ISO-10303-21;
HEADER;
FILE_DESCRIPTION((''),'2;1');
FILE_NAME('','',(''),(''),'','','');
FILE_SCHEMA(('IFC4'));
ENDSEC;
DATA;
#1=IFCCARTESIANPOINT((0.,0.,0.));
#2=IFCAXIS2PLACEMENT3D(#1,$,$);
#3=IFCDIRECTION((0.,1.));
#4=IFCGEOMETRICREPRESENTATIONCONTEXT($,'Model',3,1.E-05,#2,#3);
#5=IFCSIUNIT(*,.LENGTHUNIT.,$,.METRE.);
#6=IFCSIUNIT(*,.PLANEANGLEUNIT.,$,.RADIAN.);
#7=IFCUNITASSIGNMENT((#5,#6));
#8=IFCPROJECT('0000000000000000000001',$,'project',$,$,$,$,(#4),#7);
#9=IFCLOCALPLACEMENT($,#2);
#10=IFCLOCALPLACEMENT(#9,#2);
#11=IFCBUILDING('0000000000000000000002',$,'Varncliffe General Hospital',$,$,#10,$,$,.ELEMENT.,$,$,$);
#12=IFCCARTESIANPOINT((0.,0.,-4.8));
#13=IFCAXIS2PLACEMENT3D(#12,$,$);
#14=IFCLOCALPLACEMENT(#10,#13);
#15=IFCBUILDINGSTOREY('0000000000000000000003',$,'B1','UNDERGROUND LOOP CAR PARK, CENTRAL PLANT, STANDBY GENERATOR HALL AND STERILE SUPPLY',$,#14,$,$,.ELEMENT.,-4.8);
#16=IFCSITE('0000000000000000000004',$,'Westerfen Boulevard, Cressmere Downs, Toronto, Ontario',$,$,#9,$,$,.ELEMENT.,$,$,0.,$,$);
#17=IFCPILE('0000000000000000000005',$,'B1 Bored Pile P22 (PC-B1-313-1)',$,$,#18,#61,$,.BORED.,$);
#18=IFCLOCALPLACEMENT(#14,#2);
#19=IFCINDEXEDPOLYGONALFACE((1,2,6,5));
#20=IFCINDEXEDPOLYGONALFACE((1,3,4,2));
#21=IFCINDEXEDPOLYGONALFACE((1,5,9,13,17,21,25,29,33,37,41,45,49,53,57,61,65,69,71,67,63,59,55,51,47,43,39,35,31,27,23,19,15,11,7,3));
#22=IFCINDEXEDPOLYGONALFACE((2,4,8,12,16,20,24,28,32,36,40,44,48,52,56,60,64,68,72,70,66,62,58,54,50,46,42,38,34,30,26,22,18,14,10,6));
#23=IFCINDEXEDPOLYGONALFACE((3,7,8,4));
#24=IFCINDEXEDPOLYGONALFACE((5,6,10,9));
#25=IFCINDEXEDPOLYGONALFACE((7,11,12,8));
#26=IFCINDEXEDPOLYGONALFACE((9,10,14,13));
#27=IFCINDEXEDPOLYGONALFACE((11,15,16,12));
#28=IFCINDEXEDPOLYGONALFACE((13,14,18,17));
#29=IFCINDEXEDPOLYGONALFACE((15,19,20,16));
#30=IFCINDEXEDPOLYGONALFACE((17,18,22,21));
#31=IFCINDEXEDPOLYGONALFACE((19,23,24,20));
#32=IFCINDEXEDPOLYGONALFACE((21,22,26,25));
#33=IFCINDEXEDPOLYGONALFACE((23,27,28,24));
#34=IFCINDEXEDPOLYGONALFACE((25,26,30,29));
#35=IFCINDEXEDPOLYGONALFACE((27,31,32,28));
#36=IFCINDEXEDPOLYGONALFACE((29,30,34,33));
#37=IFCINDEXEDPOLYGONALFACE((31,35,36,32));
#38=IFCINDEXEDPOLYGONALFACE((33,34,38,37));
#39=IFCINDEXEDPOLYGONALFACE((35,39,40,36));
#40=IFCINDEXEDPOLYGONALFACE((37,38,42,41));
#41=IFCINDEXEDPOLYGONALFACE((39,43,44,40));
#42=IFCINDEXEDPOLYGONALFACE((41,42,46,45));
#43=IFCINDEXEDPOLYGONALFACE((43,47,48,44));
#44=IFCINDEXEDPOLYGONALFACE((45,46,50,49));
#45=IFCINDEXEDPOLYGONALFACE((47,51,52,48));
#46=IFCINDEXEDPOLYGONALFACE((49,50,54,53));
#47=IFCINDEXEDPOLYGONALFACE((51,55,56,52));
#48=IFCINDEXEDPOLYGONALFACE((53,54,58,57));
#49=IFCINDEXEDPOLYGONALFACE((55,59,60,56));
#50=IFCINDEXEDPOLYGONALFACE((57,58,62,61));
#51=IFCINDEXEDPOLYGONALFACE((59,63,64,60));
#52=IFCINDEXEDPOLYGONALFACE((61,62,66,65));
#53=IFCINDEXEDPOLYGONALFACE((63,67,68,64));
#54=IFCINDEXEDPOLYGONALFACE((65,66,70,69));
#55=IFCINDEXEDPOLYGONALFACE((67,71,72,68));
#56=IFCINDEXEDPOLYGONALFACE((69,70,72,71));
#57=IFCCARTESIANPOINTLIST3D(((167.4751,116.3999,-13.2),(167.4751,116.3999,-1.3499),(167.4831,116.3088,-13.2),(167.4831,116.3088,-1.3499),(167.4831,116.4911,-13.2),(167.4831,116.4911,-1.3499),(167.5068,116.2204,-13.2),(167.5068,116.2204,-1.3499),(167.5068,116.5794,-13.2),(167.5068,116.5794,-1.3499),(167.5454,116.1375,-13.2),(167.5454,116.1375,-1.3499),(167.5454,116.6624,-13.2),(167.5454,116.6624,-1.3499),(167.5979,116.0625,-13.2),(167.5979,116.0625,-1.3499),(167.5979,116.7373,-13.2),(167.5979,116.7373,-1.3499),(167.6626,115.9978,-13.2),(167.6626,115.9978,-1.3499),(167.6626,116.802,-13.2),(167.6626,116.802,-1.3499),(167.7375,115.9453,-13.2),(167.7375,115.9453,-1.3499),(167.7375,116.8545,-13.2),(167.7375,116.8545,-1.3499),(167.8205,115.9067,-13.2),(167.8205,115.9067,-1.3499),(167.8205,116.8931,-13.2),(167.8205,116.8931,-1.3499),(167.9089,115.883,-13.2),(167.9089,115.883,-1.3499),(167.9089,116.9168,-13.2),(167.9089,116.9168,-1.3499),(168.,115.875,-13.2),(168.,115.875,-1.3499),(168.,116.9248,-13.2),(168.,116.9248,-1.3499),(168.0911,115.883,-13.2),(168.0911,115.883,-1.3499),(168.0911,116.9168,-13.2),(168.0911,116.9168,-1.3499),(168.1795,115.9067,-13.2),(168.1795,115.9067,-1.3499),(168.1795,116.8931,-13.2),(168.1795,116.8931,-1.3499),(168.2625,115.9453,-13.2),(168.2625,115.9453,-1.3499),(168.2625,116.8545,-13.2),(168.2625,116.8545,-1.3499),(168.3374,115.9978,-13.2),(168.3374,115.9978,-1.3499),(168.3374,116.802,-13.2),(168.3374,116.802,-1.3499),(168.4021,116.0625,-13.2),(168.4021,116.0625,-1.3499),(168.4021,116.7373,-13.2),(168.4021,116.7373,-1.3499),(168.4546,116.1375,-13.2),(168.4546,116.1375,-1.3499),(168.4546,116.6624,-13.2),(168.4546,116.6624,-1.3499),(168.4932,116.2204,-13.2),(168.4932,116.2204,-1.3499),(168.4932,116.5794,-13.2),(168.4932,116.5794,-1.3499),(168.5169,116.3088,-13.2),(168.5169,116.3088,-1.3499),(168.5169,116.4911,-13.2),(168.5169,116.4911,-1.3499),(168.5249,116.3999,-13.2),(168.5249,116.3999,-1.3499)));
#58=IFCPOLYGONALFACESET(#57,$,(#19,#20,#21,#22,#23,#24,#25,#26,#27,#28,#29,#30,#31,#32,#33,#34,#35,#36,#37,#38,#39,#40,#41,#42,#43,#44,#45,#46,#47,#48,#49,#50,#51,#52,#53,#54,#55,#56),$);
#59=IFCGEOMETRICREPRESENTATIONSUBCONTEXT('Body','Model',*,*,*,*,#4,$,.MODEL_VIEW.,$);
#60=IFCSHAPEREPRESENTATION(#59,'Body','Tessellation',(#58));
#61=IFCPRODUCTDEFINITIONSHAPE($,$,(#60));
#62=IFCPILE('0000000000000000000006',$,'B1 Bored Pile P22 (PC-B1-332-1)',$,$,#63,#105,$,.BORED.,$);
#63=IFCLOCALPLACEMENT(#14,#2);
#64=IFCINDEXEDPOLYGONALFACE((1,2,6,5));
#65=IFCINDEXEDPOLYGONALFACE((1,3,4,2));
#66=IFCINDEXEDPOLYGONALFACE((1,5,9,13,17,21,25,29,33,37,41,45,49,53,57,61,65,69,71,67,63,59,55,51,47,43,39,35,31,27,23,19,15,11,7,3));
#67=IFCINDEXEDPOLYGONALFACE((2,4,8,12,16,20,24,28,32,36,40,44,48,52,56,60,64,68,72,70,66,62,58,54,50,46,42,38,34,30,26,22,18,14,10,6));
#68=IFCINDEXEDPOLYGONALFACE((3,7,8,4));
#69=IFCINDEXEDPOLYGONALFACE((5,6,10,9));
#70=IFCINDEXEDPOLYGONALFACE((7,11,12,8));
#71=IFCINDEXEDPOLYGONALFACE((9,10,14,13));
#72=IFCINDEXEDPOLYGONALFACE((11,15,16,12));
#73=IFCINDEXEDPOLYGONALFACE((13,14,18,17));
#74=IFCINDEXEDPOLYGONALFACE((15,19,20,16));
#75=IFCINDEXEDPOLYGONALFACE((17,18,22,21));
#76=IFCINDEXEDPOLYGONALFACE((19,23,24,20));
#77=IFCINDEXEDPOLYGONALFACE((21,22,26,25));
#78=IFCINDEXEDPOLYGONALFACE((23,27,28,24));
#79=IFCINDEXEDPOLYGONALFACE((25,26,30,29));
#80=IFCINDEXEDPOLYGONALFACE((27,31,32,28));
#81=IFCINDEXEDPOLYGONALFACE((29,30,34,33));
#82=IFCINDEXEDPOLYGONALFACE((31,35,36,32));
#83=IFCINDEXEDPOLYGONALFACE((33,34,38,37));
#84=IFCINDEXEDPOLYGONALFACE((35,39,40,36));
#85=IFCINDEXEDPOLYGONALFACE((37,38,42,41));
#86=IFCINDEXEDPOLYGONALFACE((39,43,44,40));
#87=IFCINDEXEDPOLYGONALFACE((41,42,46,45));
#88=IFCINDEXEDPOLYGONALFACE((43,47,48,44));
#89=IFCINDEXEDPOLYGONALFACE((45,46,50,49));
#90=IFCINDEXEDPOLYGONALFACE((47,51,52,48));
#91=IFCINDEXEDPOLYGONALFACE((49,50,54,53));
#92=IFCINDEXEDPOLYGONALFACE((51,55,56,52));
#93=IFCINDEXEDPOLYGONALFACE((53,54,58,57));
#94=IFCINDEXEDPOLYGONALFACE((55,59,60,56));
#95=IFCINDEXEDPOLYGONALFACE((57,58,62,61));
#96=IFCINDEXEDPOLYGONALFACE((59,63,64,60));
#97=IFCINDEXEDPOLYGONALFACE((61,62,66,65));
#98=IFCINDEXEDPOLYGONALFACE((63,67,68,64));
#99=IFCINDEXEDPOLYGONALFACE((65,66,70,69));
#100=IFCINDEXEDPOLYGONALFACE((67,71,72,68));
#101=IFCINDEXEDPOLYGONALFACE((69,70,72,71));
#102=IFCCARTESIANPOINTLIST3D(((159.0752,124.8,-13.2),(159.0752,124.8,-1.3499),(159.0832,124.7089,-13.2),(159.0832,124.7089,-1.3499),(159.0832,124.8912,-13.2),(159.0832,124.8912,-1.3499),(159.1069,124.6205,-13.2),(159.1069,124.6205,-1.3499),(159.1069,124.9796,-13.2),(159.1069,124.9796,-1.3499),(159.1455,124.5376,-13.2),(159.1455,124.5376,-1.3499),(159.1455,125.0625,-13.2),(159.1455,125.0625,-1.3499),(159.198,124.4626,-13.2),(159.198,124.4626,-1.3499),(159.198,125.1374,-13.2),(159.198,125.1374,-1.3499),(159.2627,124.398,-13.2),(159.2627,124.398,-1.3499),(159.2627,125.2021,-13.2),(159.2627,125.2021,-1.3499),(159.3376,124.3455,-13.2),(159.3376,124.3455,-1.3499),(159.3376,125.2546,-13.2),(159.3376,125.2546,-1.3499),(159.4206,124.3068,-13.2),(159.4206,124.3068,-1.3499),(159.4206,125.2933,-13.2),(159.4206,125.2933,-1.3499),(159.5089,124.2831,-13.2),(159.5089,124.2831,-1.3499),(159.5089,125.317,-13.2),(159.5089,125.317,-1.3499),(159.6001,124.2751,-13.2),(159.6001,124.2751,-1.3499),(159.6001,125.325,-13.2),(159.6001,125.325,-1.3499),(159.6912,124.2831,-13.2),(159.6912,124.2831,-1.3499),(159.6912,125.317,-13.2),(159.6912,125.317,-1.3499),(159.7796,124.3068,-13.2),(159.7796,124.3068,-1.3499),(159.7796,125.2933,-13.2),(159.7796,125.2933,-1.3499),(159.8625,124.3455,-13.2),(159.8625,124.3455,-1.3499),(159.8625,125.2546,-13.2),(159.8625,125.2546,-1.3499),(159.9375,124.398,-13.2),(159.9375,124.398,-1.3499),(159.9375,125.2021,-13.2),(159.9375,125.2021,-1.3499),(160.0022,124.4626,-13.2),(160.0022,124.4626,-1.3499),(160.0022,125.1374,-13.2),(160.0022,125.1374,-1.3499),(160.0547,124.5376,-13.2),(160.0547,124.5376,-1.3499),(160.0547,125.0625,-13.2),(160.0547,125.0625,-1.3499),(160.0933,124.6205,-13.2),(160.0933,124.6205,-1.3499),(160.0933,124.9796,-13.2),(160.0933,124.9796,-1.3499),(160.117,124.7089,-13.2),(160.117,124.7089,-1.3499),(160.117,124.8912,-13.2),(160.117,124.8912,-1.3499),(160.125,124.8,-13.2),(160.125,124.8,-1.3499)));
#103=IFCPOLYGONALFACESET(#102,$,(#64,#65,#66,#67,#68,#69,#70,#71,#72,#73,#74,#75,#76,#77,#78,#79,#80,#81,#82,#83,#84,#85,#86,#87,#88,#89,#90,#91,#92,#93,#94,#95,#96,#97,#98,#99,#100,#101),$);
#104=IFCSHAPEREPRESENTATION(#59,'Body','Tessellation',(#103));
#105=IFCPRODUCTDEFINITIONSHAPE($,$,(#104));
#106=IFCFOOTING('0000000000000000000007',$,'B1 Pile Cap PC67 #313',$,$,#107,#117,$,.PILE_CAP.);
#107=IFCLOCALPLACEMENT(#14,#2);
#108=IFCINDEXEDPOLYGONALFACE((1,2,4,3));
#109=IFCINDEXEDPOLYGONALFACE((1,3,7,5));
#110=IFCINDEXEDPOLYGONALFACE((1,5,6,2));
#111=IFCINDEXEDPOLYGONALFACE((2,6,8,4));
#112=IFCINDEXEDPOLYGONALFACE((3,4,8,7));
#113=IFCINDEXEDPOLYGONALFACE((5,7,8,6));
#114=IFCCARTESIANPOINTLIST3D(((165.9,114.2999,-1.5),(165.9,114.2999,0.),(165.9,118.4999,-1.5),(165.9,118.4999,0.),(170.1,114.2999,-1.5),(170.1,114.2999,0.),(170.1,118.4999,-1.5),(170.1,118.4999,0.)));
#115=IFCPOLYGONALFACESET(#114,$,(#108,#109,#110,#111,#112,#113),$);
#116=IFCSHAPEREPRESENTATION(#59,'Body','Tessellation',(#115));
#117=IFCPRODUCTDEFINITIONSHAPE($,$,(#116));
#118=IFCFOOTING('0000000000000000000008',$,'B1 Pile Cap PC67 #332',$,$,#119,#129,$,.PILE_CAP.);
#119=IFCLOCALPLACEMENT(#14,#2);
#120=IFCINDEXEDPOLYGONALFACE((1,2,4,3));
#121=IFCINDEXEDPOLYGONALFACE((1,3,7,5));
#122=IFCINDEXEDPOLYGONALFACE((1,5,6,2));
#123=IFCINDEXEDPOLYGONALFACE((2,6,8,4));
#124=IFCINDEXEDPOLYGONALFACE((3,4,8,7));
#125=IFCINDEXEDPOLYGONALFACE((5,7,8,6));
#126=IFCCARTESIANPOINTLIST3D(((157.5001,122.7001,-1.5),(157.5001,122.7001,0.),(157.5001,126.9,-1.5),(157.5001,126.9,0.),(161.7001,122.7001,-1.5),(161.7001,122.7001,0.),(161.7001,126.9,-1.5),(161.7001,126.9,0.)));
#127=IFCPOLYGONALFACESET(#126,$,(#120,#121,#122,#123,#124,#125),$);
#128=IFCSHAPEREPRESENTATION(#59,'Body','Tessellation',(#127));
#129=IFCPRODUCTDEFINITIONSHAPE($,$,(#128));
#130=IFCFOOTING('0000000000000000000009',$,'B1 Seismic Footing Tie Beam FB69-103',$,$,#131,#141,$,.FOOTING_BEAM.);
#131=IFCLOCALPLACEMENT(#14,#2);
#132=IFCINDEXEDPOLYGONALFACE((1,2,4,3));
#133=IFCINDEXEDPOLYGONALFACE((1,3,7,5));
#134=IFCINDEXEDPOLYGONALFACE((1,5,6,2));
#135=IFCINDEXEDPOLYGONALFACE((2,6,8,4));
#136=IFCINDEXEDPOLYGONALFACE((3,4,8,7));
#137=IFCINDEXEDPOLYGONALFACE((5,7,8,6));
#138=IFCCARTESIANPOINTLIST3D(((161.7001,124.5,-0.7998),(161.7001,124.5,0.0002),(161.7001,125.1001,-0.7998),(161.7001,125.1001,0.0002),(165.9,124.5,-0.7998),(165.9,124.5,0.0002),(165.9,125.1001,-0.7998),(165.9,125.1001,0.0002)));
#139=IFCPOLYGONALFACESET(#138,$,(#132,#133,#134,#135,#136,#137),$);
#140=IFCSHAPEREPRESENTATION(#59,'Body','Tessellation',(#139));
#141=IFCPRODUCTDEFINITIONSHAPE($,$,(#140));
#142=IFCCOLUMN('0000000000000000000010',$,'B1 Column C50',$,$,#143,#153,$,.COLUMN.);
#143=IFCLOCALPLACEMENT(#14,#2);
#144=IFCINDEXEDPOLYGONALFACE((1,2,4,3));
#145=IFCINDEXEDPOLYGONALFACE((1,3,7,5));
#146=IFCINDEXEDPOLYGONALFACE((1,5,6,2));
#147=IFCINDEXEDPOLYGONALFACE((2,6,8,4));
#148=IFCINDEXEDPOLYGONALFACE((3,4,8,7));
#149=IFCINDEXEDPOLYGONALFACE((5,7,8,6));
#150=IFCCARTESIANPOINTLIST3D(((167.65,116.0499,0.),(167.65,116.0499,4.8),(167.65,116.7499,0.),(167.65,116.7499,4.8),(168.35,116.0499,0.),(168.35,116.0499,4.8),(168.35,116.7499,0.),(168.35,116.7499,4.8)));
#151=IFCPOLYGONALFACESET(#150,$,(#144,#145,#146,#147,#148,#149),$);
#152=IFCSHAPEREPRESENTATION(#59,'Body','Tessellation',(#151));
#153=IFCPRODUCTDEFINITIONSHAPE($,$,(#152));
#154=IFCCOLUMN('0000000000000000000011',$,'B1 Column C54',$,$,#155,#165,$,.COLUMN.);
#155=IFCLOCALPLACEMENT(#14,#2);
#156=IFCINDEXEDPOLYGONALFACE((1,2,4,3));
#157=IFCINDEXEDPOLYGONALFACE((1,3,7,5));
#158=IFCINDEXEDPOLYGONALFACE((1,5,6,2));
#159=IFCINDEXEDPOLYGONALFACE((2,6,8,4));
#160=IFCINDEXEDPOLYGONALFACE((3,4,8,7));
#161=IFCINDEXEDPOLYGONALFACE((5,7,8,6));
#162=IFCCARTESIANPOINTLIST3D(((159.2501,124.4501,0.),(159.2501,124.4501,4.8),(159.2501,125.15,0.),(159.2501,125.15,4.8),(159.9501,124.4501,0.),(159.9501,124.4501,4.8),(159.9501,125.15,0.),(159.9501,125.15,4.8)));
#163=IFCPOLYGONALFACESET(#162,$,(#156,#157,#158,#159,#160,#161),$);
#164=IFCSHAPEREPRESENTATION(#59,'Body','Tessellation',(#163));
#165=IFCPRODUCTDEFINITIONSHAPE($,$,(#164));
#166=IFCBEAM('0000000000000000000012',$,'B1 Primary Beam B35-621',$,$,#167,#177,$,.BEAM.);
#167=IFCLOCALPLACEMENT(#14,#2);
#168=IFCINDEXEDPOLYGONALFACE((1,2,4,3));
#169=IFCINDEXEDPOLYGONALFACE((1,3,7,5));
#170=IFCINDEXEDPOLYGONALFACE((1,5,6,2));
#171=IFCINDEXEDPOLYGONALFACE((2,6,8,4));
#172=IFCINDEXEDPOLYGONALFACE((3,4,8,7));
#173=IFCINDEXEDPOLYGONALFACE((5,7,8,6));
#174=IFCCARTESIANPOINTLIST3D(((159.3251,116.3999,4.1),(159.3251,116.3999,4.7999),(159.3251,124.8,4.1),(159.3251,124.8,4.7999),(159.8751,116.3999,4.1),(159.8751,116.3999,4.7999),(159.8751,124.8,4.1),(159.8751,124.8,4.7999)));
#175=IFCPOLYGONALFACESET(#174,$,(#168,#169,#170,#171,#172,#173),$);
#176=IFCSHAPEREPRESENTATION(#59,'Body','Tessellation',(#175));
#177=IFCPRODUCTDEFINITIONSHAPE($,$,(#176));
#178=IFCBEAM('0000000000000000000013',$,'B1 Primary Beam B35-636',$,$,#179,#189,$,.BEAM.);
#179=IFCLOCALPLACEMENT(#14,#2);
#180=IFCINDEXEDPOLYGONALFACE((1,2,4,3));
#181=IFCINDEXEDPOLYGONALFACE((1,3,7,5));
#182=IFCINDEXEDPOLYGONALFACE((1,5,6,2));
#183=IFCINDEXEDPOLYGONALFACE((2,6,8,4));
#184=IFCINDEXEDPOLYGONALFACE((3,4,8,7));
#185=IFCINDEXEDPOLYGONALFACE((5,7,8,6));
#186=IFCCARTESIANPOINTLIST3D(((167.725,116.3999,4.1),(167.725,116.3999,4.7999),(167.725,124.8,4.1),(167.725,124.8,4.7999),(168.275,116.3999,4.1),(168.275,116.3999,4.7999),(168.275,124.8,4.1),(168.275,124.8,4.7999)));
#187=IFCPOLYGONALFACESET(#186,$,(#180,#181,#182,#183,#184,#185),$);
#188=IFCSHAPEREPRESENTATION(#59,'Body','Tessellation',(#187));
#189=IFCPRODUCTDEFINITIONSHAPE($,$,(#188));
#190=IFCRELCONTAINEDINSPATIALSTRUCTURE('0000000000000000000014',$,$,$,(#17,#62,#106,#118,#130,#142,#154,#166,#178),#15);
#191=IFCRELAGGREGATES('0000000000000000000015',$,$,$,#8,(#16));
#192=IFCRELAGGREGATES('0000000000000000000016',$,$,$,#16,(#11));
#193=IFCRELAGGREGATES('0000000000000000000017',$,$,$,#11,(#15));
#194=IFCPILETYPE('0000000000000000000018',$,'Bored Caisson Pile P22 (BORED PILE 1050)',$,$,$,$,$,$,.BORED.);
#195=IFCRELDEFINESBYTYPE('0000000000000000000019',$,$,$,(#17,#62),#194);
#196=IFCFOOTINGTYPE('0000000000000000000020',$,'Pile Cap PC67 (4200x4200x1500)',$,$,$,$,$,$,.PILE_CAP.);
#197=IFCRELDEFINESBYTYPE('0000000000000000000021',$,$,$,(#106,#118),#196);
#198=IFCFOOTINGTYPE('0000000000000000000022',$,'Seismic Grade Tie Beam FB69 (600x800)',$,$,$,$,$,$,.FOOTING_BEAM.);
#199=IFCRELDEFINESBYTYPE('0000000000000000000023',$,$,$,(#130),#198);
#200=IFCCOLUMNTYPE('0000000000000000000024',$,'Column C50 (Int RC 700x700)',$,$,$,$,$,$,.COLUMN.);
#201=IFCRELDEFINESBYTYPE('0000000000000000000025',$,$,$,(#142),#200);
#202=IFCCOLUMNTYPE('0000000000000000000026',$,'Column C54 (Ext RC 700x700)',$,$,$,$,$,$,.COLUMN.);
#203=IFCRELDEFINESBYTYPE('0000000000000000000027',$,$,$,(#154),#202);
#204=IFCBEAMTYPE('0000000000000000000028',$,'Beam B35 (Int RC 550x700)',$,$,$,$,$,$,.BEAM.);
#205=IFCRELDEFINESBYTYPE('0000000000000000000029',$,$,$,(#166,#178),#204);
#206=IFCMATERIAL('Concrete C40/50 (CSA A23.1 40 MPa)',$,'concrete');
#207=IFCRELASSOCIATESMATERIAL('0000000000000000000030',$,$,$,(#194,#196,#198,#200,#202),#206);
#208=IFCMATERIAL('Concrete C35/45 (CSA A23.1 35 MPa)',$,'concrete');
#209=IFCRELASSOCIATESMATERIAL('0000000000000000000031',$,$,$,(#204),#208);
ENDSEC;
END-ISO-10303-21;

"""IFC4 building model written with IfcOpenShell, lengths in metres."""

from ifc_helpers import new_model, si_unit, direction, frame, origin, origin_2d, place, context, subcontext, project, spatial, rectangle, circle, extrude, material, material_profile, profile_set, type_object, element, save


model = new_model("IFC4")

# Units and contexts
model_context = context("Model", 3, precision=1e-05, world=origin(), true_north=direction((0.0, 1.0)))
body_context = subcontext(model_context, "Body", "Model", "MODEL_VIEW")
ifc_project = project(units=[si_unit("LENGTHUNIT", "METRE"), si_unit("PLANEANGLEUNIT", "RADIAN")], contexts=[model_context])

# Site, building, storey
site_placement = place(None, origin())
site = spatial("IfcSite", under=ifc_project, at=site_placement, Name="Westerfen Boulevard, Cressmere Downs, Toronto, Ontario", CompositionType="ELEMENT", RefElevation=0.0)
building_placement = place(site_placement, origin())
building = spatial("IfcBuilding", under=site, at=building_placement, Name="Varncliffe General Hospital", CompositionType="ELEMENT")
storey_placement = place(building_placement, frame((0.0, 0.0, -4.8)))
storey = spatial("IfcBuildingStorey", under=building, at=storey_placement, Name="B1", Description="UNDERGROUND LOOP CAR PARK, CENTRAL PLANT, STANDBY GENERATOR HALL AND STERILE SUPPLY", CompositionType="ELEMENT", Elevation=-4.8)

# Piles
ifc_material_1 = material(Name="Concrete C40/50 (CSA A23.1 40 MPa)", Category="concrete")
ifc_material_profile_1 = material_profile(ifc_material_1, circle(Radius=0.5249, at=origin_2d()), Name="BORED PILE 1050")
ifc_profile_set_1 = profile_set([ifc_material_profile_1], Name="Concrete C40/50 (CSA A23.1 40 MPa)")
pile_type = type_object("IfcPileType", Name="Bored Caisson Pile P22 (BORED PILE 1050)", PredefinedType="BORED", material=ifc_profile_set_1)
for number, where, z_axis, x_axis, name in (
    (1, (168.0, 116.3999, -1.3499), (0.0, 0.0, -1.0), (1.0, 0.0, 0.0), "B1 Bored Pile P22 (PC-B1-313-1)"),
    (2, (159.6001, 124.8, -1.3499), (0.0, 0.0, -1.0), (1.0, 0.0, 0.0), "B1 Bored Pile P22 (PC-B1-332-1)"),
):
    element("IfcPile", number, at=place(storey_placement, frame(where, z_axis=z_axis, x_axis=x_axis)), inside=storey, type_object=pile_type, Name=name, PredefinedType="BORED", context=body_context, shape_type="SweptSolid", body=[
        extrude(circle(Radius=0.5249, at=origin_2d()), origin(), (0.0, 0.0, 1.0), 11.8501),
    ])

# Footings
footing_type_1 = type_object("IfcFootingType", Name="Pile Cap PC67 (4200x4200x1500)", PredefinedType="PILE_CAP", material=ifc_material_1)
for number, where, z_axis, x_axis, name in (
    (3, (168.0, 116.3999, -1.5), (0.0, 0.0, 1.0), (1.0, 0.0, 0.0), "B1 Pile Cap PC67 #313"),
    (4, (159.6001, 124.8, -1.5), (0.0, 0.0, 1.0), (1.0, 0.0, 0.0), "B1 Pile Cap PC67 #332"),
):
    element("IfcFooting", number, at=place(storey_placement, frame(where, z_axis=z_axis, x_axis=x_axis)), inside=storey, type_object=footing_type_1, Name=name, PredefinedType="PILE_CAP", context=body_context, shape_type="SweptSolid", body=[
        extrude(rectangle(XDim=4.2, YDim=4.2, at=origin_2d()), origin(), (0.0, 0.0, 1.0), 1.5),
    ])
footing_type_2 = type_object("IfcFootingType", Name="Seismic Grade Tie Beam FB69 (600x800)", PredefinedType="FOOTING_BEAM", material=ifc_material_1)
footing_placement = place(storey_placement, frame((163.8, 124.8, -0.7998), z_axis=(0.0, 0.0, 1.0), x_axis=(1.0, 0.0, 0.0)))
element("IfcFooting", 5, at=footing_placement, inside=storey, type_object=footing_type_2, Name="B1 Seismic Footing Tie Beam FB69-103", PredefinedType="FOOTING_BEAM", context=body_context, shape_type="SweptSolid", body=[
    extrude(rectangle(XDim=4.2, YDim=0.6001, at=origin_2d()), origin(), (0.0, 0.0, 1.0), 0.8),
])

# Columns
ifc_material_profile_2 = material_profile(ifc_material_1, rectangle(XDim=0.7, YDim=0.7, at=origin_2d()), Name="RC 700x700")
ifc_profile_set_2 = profile_set([ifc_material_profile_2], Name="Concrete C40/50 (CSA A23.1 40 MPa)")
column_type_1 = type_object("IfcColumnType", Name="Column C50 (Int RC 700x700)", PredefinedType="COLUMN", material=ifc_profile_set_2)
column_1_placement = place(storey_placement, frame((168.0, 116.3999, 0.0), z_axis=(0.0, 0.0, 1.0), x_axis=(1.0, 0.0, 0.0)))
element("IfcColumn", 6, at=column_1_placement, inside=storey, type_object=column_type_1, Name="B1 Column C50", PredefinedType="COLUMN", context=body_context, shape_type="SweptSolid", body=[
    extrude(rectangle(XDim=0.7, YDim=0.7, at=origin_2d()), origin(), (0.0, 0.0, 1.0), 4.8),
])
ifc_material_profile_3 = material_profile(ifc_material_1, rectangle(XDim=0.7, YDim=0.7, at=origin_2d()), Name="RC 700x700")
ifc_profile_set_3 = profile_set([ifc_material_profile_3], Name="Concrete C40/50 (CSA A23.1 40 MPa)")
column_type_2 = type_object("IfcColumnType", Name="Column C54 (Ext RC 700x700)", PredefinedType="COLUMN", material=ifc_profile_set_3)
column_2_placement = place(storey_placement, frame((159.6001, 124.8, 0.0), z_axis=(0.0, 0.0, 1.0), x_axis=(1.0, 0.0, 0.0)))
element("IfcColumn", 7, at=column_2_placement, inside=storey, type_object=column_type_2, Name="B1 Column C54", PredefinedType="COLUMN", context=body_context, shape_type="SweptSolid", body=[
    extrude(rectangle(XDim=0.7, YDim=0.7, at=origin_2d()), origin(), (0.0, 0.0, 1.0), 4.8),
])

# Beams
ifc_material_2 = material(Name="Concrete C35/45 (CSA A23.1 35 MPa)", Category="concrete")
ifc_material_profile_4 = material_profile(ifc_material_2, rectangle(XDim=0.55, YDim=0.7, at=origin_2d()), Name="RC 550x700")
ifc_profile_set_4 = profile_set([ifc_material_profile_4], Name="Concrete C35/45 (CSA A23.1 35 MPa)")
beam_type_1 = type_object("IfcBeamType", Name="Beam B35 (Int RC 550x700)", PredefinedType="BEAM", material=ifc_profile_set_4)
for number, where, z_axis, x_axis, name in (
    (8, (159.6001, 116.3999, 4.45), (0.0, 1.0, 0.0), (-1.0, 0.0, 0.0), "B1 Primary Beam B35-621"),
    (9, (168.0, 116.3999, 4.45), (0.0, 1.0, 0.0), (-1.0, 0.0, 0.0), "B1 Primary Beam B35-636"),
):
    element("IfcBeam", number, at=place(storey_placement, frame(where, z_axis=z_axis, x_axis=x_axis)), inside=storey, type_object=beam_type_1, Name=name, PredefinedType="BEAM", context=body_context, shape_type="SweptSolid", body=[
        extrude(rectangle(XDim=0.55, YDim=0.7, at=origin_2d()), origin(), (0.0, 0.0, 1.0), 8.4001),
    ])

save(model, "model.ifc")
